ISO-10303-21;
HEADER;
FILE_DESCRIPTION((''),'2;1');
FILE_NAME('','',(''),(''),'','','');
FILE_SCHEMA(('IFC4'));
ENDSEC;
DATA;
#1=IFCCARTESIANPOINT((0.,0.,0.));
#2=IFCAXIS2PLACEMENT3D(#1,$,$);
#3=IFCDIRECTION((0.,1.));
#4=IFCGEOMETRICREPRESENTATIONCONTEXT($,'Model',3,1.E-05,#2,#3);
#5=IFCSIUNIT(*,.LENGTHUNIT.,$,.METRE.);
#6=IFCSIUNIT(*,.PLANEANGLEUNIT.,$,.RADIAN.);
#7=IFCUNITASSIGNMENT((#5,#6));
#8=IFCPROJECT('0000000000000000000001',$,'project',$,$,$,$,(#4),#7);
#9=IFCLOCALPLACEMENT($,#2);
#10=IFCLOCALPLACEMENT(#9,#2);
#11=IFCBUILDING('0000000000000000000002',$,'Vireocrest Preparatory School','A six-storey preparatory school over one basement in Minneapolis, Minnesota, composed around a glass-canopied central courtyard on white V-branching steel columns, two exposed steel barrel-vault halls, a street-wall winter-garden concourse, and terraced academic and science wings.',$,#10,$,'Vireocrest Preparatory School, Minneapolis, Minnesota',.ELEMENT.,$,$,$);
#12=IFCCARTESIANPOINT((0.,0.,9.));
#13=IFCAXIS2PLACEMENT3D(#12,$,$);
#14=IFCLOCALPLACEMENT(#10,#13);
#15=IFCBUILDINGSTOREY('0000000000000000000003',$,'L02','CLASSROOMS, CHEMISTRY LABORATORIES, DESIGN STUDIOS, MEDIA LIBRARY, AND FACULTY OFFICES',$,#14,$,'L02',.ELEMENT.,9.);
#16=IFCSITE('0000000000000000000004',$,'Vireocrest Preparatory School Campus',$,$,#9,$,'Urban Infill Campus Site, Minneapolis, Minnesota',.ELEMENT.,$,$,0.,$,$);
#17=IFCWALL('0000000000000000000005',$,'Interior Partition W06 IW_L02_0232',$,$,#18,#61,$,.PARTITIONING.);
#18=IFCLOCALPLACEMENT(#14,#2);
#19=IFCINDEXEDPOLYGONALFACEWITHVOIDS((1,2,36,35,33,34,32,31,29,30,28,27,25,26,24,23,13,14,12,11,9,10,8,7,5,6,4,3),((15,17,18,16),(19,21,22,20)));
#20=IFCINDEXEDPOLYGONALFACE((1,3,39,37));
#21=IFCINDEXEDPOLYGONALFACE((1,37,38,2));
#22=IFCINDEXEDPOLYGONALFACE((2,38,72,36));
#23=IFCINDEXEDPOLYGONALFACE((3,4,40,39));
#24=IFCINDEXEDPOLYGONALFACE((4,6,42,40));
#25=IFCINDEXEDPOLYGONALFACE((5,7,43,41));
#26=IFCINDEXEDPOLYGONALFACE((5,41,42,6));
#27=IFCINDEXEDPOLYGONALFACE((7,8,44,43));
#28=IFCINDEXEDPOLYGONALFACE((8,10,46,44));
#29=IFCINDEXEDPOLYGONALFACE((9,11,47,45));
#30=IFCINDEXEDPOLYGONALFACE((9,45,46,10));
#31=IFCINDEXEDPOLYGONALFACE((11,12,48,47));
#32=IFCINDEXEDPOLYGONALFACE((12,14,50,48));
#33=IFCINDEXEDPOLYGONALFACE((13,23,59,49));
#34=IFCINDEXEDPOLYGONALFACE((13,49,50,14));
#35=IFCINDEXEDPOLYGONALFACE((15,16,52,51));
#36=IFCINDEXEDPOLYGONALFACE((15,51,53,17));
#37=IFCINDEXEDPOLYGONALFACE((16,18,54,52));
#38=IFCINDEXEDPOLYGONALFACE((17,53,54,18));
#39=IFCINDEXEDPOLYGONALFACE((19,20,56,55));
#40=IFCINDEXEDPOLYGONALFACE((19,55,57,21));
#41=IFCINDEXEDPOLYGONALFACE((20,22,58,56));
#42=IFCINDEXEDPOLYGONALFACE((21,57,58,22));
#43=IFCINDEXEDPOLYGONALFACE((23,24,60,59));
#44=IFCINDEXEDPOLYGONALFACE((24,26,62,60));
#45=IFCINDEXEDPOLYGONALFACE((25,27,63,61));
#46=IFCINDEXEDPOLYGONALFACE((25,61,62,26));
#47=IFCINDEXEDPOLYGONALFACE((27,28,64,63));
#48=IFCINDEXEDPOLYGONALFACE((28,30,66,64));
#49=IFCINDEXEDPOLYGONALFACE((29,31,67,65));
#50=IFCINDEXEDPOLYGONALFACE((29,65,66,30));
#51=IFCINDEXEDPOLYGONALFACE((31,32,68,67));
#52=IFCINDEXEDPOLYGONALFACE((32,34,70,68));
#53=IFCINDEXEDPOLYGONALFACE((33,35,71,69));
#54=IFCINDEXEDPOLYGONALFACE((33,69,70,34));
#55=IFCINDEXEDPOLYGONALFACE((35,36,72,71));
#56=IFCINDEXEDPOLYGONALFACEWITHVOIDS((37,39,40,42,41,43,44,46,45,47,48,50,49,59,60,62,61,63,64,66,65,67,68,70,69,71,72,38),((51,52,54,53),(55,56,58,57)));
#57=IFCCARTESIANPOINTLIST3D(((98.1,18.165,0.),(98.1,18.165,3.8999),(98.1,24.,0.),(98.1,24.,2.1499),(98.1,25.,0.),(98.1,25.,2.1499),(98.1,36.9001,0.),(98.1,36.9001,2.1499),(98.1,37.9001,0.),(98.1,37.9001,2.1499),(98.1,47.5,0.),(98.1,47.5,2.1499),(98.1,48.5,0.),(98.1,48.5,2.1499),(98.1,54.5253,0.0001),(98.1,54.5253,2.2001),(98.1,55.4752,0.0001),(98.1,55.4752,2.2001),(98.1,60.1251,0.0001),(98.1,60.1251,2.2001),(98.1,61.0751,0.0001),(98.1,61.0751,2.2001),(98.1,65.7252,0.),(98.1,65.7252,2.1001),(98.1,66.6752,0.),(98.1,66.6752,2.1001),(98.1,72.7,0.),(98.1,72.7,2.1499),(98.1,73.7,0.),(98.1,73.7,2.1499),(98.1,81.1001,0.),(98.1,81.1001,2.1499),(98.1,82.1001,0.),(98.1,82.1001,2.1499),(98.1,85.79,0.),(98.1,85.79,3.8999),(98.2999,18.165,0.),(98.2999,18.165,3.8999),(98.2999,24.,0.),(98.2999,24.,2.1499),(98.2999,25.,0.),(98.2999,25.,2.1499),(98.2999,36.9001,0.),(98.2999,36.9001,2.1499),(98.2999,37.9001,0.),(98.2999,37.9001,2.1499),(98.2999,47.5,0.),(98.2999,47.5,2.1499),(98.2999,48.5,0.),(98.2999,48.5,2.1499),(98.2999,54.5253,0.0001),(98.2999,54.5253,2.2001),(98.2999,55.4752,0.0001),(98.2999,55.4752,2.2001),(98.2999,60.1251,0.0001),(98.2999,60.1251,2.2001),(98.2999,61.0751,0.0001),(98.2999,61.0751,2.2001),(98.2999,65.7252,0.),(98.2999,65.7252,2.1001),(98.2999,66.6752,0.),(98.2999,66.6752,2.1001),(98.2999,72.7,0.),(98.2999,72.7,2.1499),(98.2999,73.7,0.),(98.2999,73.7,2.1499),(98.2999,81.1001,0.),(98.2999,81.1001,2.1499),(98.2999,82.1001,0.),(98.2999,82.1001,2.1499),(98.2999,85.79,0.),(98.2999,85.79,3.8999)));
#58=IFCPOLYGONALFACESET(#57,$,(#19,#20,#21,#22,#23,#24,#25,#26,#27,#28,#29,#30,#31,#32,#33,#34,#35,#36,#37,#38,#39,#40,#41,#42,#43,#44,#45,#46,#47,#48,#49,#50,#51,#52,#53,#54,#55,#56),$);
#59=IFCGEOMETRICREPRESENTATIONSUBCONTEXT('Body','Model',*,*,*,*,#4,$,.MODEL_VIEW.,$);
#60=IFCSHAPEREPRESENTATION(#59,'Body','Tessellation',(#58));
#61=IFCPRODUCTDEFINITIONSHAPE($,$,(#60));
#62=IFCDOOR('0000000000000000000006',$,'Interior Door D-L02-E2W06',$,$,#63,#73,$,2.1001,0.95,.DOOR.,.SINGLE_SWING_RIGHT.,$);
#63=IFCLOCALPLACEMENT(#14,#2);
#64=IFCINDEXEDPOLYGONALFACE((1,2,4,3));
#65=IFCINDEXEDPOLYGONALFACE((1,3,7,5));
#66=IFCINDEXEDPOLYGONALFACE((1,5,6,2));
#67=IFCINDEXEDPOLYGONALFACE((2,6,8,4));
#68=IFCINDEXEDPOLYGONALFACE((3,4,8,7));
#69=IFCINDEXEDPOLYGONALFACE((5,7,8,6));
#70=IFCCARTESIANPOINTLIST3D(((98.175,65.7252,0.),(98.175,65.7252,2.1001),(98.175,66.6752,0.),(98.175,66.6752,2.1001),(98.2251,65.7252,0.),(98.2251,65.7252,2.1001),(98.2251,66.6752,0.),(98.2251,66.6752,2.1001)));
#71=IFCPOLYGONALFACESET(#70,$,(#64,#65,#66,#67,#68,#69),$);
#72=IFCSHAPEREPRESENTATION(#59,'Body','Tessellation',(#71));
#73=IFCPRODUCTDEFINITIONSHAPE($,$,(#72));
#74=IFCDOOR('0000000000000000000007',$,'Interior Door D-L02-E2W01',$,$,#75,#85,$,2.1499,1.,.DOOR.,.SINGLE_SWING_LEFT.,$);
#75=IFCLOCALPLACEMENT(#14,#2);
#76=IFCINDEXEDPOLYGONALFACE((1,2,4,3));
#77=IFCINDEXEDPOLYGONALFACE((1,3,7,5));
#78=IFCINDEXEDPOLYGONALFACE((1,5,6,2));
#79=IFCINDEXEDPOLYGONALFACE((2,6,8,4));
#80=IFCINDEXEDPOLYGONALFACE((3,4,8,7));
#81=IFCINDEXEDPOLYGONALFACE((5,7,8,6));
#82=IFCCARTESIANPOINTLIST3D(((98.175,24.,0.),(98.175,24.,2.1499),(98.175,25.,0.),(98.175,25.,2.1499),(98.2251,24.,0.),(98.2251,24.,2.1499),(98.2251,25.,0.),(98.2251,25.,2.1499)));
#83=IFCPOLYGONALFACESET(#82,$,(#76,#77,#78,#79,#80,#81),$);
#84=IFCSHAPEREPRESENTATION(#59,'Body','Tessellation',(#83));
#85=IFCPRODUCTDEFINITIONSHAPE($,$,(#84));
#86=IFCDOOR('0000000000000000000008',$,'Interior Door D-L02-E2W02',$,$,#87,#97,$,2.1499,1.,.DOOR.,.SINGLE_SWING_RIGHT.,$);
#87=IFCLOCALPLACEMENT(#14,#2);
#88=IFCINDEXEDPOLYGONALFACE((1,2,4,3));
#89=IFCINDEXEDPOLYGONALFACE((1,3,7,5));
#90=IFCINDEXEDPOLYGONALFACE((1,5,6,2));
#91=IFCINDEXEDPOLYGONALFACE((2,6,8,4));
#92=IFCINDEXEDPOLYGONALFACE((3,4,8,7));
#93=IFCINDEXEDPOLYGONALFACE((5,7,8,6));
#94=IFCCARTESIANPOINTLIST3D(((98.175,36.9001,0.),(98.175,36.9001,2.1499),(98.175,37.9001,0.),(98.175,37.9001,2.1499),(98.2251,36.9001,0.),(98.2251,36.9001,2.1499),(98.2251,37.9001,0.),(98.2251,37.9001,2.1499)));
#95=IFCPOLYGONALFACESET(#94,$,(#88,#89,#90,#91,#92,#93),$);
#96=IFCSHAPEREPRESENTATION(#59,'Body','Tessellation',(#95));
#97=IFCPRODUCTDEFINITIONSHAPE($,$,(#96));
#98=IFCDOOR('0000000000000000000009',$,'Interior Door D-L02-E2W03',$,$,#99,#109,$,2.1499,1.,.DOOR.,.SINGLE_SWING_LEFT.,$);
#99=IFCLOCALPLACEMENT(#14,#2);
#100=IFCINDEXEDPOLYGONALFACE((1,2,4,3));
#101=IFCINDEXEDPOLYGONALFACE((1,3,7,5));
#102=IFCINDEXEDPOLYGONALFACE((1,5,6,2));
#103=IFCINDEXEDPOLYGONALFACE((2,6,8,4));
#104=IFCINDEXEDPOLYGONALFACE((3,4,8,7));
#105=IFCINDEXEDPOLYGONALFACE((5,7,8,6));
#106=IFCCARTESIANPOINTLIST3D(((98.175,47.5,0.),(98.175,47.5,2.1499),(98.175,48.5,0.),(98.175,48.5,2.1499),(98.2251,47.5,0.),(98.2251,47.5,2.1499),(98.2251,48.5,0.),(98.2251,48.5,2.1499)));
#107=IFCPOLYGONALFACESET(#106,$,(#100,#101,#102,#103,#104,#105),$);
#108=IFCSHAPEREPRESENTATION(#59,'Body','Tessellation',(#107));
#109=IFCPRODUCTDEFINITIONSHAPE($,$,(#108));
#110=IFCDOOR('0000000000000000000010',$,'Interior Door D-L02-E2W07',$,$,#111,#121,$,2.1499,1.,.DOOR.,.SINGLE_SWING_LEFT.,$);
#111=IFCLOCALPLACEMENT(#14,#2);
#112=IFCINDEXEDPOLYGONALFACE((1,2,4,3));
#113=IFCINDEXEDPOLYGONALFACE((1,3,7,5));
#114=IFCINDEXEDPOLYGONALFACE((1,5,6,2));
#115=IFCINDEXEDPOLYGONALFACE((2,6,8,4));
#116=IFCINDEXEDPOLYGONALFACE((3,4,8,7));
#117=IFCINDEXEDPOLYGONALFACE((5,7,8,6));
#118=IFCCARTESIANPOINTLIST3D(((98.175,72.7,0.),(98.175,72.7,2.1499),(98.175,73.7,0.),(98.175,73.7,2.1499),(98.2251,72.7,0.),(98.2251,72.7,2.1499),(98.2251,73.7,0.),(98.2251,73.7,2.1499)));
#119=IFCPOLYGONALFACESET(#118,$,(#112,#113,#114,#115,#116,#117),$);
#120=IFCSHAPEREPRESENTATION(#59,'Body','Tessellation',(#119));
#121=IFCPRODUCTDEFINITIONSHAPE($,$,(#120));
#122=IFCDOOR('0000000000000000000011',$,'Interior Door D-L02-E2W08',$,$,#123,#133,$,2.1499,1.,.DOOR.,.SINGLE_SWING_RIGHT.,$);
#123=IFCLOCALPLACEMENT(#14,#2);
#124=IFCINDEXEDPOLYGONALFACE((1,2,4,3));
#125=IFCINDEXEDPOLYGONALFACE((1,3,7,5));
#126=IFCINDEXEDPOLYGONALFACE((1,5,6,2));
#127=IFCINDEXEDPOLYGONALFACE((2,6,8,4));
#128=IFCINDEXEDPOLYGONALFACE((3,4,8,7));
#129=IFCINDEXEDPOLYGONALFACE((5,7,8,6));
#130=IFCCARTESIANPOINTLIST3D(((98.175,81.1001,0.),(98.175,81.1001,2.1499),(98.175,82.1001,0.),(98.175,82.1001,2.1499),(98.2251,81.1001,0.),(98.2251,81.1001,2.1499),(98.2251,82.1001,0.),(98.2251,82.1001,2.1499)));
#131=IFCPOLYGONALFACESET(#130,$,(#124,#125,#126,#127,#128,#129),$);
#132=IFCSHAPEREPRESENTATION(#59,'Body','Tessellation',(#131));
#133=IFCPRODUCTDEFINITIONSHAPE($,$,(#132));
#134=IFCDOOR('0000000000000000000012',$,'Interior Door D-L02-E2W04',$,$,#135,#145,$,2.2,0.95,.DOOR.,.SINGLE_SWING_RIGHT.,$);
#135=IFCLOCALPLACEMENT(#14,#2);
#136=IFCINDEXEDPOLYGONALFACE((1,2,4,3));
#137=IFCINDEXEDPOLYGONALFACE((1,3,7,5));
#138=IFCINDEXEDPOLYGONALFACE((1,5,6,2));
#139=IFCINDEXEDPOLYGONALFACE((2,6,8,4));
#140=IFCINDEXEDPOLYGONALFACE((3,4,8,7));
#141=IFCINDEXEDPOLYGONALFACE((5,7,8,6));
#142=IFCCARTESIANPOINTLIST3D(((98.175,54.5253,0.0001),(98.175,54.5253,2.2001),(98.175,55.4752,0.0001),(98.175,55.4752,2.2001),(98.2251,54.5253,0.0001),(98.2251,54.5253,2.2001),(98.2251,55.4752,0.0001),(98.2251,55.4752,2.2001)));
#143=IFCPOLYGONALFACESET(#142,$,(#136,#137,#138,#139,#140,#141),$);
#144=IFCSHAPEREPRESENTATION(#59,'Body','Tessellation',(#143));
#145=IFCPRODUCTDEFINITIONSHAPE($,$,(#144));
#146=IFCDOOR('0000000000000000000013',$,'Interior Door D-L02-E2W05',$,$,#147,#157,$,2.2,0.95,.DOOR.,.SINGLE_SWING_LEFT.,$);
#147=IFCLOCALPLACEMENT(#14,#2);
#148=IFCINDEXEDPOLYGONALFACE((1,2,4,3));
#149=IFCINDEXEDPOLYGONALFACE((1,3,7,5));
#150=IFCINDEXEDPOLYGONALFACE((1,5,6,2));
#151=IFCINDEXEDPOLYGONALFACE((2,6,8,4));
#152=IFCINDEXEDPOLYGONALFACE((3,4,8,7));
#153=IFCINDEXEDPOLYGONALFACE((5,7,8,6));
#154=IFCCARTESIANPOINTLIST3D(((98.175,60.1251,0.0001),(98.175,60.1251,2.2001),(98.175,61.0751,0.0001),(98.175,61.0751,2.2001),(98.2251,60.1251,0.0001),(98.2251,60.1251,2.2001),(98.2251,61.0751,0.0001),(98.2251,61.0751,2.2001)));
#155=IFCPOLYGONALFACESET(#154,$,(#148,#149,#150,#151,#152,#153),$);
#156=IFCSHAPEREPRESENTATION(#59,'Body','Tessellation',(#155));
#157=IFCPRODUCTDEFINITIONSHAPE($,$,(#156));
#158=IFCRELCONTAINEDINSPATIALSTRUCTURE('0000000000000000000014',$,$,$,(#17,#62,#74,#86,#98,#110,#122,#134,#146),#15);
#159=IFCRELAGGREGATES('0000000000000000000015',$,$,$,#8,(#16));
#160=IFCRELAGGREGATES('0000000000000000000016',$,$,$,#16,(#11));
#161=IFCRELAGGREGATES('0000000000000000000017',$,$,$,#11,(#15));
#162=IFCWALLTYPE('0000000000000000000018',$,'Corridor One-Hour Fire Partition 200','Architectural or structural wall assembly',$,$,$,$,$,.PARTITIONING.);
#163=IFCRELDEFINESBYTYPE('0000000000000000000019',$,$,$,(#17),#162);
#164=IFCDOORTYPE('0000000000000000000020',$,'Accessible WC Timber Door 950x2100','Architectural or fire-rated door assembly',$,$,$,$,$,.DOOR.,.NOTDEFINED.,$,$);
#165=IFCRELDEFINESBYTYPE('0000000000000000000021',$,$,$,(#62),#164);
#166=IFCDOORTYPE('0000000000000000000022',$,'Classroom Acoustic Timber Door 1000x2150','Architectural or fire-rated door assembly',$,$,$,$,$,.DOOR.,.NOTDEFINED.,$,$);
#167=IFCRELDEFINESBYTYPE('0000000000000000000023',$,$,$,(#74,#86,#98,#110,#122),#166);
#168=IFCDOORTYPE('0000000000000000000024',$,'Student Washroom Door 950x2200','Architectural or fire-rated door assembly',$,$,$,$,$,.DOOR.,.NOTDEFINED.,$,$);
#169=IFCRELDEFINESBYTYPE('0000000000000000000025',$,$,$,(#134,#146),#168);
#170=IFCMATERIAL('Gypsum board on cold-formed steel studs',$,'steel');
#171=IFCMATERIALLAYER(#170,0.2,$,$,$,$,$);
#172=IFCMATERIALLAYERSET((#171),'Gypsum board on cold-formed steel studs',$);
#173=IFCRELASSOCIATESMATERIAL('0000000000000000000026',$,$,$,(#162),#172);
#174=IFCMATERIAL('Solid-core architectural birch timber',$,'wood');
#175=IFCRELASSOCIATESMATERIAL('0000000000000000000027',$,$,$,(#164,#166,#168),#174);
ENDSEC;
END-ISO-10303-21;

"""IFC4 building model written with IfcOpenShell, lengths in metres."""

from ifc_helpers import new_model, si_unit, direction, frame, frame_2d, origin, place, context, subcontext, project, spatial, rectangle, extrude, material, layer, layer_set, type_object, element, fill, save


model = new_model("IFC4")

# Units and contexts
model_context = context("Model", 3, precision=1e-05, world=origin(), true_north=direction((0.0, 1.0)))
body_context = subcontext(model_context, "Body", "Model", "MODEL_VIEW")
ifc_project = project(units=[si_unit("LENGTHUNIT", "METRE"), si_unit("PLANEANGLEUNIT", "RADIAN")], contexts=[model_context])

# Site, building, storey
site_placement = place(None, origin())
site = spatial("IfcSite", under=ifc_project, at=site_placement, Name="Vireocrest Preparatory School Campus", LongName="Urban Infill Campus Site, Minneapolis, Minnesota", CompositionType="ELEMENT", RefElevation=0.0)
building_placement = place(site_placement, origin())
building = spatial("IfcBuilding", under=site, at=building_placement, Name="Vireocrest Preparatory School", Description="A six-storey preparatory school over one basement in Minneapolis, Minnesota, composed around a glass-canopied central courtyard on white V-branching steel columns, two exposed steel barrel-vault halls, a street-wall winter-garden concourse, and terraced academic and science wings.", LongName="Vireocrest Preparatory School, Minneapolis, Minnesota", CompositionType="ELEMENT")
storey_placement = place(building_placement, frame((0.0, 0.0, 9.0)))
storey = spatial("IfcBuildingStorey", under=building, at=storey_placement, Name="L02", Description="CLASSROOMS, CHEMISTRY LABORATORIES, DESIGN STUDIOS, MEDIA LIBRARY, AND FACULTY OFFICES", LongName="L02", CompositionType="ELEMENT", Elevation=9.0)

# Wall, openings, doors
ifc_material_1 = material(Name="Gypsum board on cold-formed steel studs", Category="steel")
ifc_layer_1 = layer(ifc_material_1, 0.2)
ifc_layer_set_1 = layer_set([ifc_layer_1], Name="Gypsum board on cold-formed steel studs")
wall_type_1 = type_object("IfcWallType", Name="Corridor One-Hour Fire Partition 200", Description="Architectural or structural wall assembly", PredefinedType="PARTITIONING", material=ifc_layer_set_1)
wall_1_placement = place(storey_placement, frame((98.2, 18.165, 0.0), z_axis=(0.0, 0.0, 1.0), x_axis=(0.0, 1.0, 0.0)))
wall_1 = element("IfcWall", 1, at=wall_1_placement, inside=storey, type_object=wall_type_1, Name="Interior Partition W06 IW_L02_0232", PredefinedType="PARTITIONING", context=body_context, shape_type="SweptSolid", body=[
    extrude(rectangle(XDim=67.625, YDim=0.2, at=frame_2d((33.8125, 0.0))), origin(), (0.0, 0.0, 1.0), 3.8999),
])
opening_1_placement = place(wall_1_placement, frame((5.835, 0.0, 0.0)))
opening_1 = element("IfcOpeningElement", 2, at=opening_1_placement, cuts=wall_1, PredefinedType="OPENING", context=body_context, shape_type="SweptSolid", body=[
    extrude(rectangle(XDim=1.0, YDim=2.1499, at=frame_2d((0.5, 1.075))), frame((0.0, 0.1099, 0.0), z_axis=(0.0, -1.0, 0.0), x_axis=(1.0, 0.0, 0.0)), (0.0, 0.0, 1.0), 0.22),
])
opening_2_placement = place(wall_1_placement, frame((18.7351, 0.0, 0.0)))
opening_2 = element("IfcOpeningElement", 3, at=opening_2_placement, cuts=wall_1, PredefinedType="OPENING", context=body_context, shape_type="SweptSolid", body=[
    extrude(rectangle(XDim=1.0, YDim=2.1499, at=frame_2d((0.5, 1.075))), frame((0.0, 0.1099, 0.0), z_axis=(0.0, -1.0, 0.0), x_axis=(1.0, 0.0, 0.0)), (0.0, 0.0, 1.0), 0.22),
])
opening_3_placement = place(wall_1_placement, frame((29.335, 0.0, 0.0)))
opening_3 = element("IfcOpeningElement", 4, at=opening_3_placement, cuts=wall_1, PredefinedType="OPENING", context=body_context, shape_type="SweptSolid", body=[
    extrude(rectangle(XDim=1.0, YDim=2.1499, at=frame_2d((0.5, 1.075))), frame((0.0, 0.1099, 0.0), z_axis=(0.0, -1.0, 0.0), x_axis=(1.0, 0.0, 0.0)), (0.0, 0.0, 1.0), 0.22),
])
opening_4_placement = place(wall_1_placement, frame((36.3601, 0.0, 0.0)))
opening_4 = element("IfcOpeningElement", 5, at=opening_4_placement, cuts=wall_1, PredefinedType="OPENING", context=body_context, shape_type="SweptSolid", body=[
    extrude(rectangle(XDim=0.95, YDim=2.2, at=frame_2d((0.4751, 1.1001))), frame((0.0, 0.1099, 0.0), z_axis=(0.0, -1.0, 0.0), x_axis=(1.0, 0.0, 0.0)), (0.0, 0.0, 1.0), 0.22),
])
opening_5_placement = place(wall_1_placement, frame((41.96, 0.0, 0.0)))
opening_5 = element("IfcOpeningElement", 6, at=opening_5_placement, cuts=wall_1, PredefinedType="OPENING", context=body_context, shape_type="SweptSolid", body=[
    extrude(rectangle(XDim=0.95, YDim=2.2, at=frame_2d((0.4751, 1.1001))), frame((0.0, 0.1099, 0.0), z_axis=(0.0, -1.0, 0.0), x_axis=(1.0, 0.0, 0.0)), (0.0, 0.0, 1.0), 0.22),
])
opening_6_placement = place(wall_1_placement, frame((47.5601, 0.0, 0.0)))
opening_6 = element("IfcOpeningElement", 7, at=opening_6_placement, cuts=wall_1, PredefinedType="OPENING", context=body_context, shape_type="SweptSolid", body=[
    extrude(rectangle(XDim=0.95, YDim=2.1001, at=frame_2d((0.4751, 1.05))), frame((0.0, 0.1099, 0.0), z_axis=(0.0, -1.0, 0.0), x_axis=(1.0, 0.0, 0.0)), (0.0, 0.0, 1.0), 0.22),
])
opening_7_placement = place(wall_1_placement, frame((54.5349, 0.0, 0.0)))
opening_7 = element("IfcOpeningElement", 8, at=opening_7_placement, cuts=wall_1, PredefinedType="OPENING", context=body_context, shape_type="SweptSolid", body=[
    extrude(rectangle(XDim=1.0, YDim=2.1499, at=frame_2d((0.5, 1.075))), frame((0.0, 0.1099, 0.0), z_axis=(0.0, -1.0, 0.0), x_axis=(1.0, 0.0, 0.0)), (0.0, 0.0, 1.0), 0.22),
])
opening_8_placement = place(wall_1_placement, frame((62.9351, 0.0, 0.0)))
opening_8 = element("IfcOpeningElement", 9, at=opening_8_placement, cuts=wall_1, PredefinedType="OPENING", context=body_context, shape_type="SweptSolid", body=[
    extrude(rectangle(XDim=1.0, YDim=2.1499, at=frame_2d((0.5, 1.075))), frame((0.0, 0.1099, 0.0), z_axis=(0.0, -1.0, 0.0), x_axis=(1.0, 0.0, 0.0)), (0.0, 0.0, 1.0), 0.22),
])
ifc_material_2 = material(Name="Solid-core architectural birch timber", Category="wood")
door_type_1 = type_object("IfcDoorType", Name="Accessible WC Timber Door 950x2100", Description="Architectural or fire-rated door assembly", OperationType="NOTDEFINED", PredefinedType="DOOR", material=ifc_material_2)
door_1_placement = place(opening_6_placement, origin())
door_1 = element("IfcDoor", 10, at=door_1_placement, inside=storey, type_object=door_type_1, Name="Interior Door D-L02-E2W06", OperationType="SINGLE_SWING_RIGHT", OverallHeight=2.1001, OverallWidth=0.95, PredefinedType="DOOR", context=body_context, shape_type="SweptSolid", body=[
    extrude(rectangle(XDim=0.95, YDim=2.1001, at=frame_2d((0.4751, 1.05))), frame((0.0, 0.0249, 0.0), z_axis=(0.0, -1.0, 0.0), x_axis=(1.0, 0.0, 0.0)), (0.0, 0.0, 1.0), 0.05),
])
fill(opening_6, door_1)
door_type_2 = type_object("IfcDoorType", Name="Classroom Acoustic Timber Door 1000x2150", Description="Architectural or fire-rated door assembly", OperationType="NOTDEFINED", PredefinedType="DOOR", material=ifc_material_2)
door_2_placement = place(opening_1_placement, origin())
door_2 = element("IfcDoor", 11, at=door_2_placement, inside=storey, type_object=door_type_2, Name="Interior Door D-L02-E2W01", OperationType="SINGLE_SWING_LEFT", OverallHeight=2.1499, OverallWidth=1.0, PredefinedType="DOOR", context=body_context, shape_type="SweptSolid", body=[
    extrude(rectangle(XDim=1.0, YDim=2.1499, at=frame_2d((0.5, 1.075))), frame((0.0, 0.0249, 0.0), z_axis=(0.0, -1.0, 0.0), x_axis=(1.0, 0.0, 0.0)), (0.0, 0.0, 1.0), 0.05),
])
fill(opening_1, door_2)
door_3_placement = place(opening_2_placement, origin())
door_3 = element("IfcDoor", 12, at=door_3_placement, inside=storey, type_object=door_type_2, Name="Interior Door D-L02-E2W02", OperationType="SINGLE_SWING_RIGHT", OverallHeight=2.1499, OverallWidth=1.0, PredefinedType="DOOR", context=body_context, shape_type="SweptSolid", body=[
    extrude(rectangle(XDim=1.0, YDim=2.1499, at=frame_2d((0.5, 1.075))), frame((0.0, 0.0249, 0.0), z_axis=(0.0, -1.0, 0.0), x_axis=(1.0, 0.0, 0.0)), (0.0, 0.0, 1.0), 0.05),
])
fill(opening_2, door_3)
door_4_placement = place(opening_3_placement, origin())
door_4 = element("IfcDoor", 13, at=door_4_placement, inside=storey, type_object=door_type_2, Name="Interior Door D-L02-E2W03", OperationType="SINGLE_SWING_LEFT", OverallHeight=2.1499, OverallWidth=1.0, PredefinedType="DOOR", context=body_context, shape_type="SweptSolid", body=[
    extrude(rectangle(XDim=1.0, YDim=2.1499, at=frame_2d((0.5, 1.075))), frame((0.0, 0.0249, 0.0), z_axis=(0.0, -1.0, 0.0), x_axis=(1.0, 0.0, 0.0)), (0.0, 0.0, 1.0), 0.05),
])
fill(opening_3, door_4)
door_5_placement = place(opening_7_placement, origin())
door_5 = element("IfcDoor", 14, at=door_5_placement, inside=storey, type_object=door_type_2, Name="Interior Door D-L02-E2W07", OperationType="SINGLE_SWING_LEFT", OverallHeight=2.1499, OverallWidth=1.0, PredefinedType="DOOR", context=body_context, shape_type="SweptSolid", body=[
    extrude(rectangle(XDim=1.0, YDim=2.1499, at=frame_2d((0.5, 1.075))), frame((0.0, 0.0249, 0.0), z_axis=(0.0, -1.0, 0.0), x_axis=(1.0, 0.0, 0.0)), (0.0, 0.0, 1.0), 0.05),
])
fill(opening_7, door_5)
door_6_placement = place(opening_8_placement, origin())
door_6 = element("IfcDoor", 15, at=door_6_placement, inside=storey, type_object=door_type_2, Name="Interior Door D-L02-E2W08", OperationType="SINGLE_SWING_RIGHT", OverallHeight=2.1499, OverallWidth=1.0, PredefinedType="DOOR", context=body_context, shape_type="SweptSolid", body=[
    extrude(rectangle(XDim=1.0, YDim=2.1499, at=frame_2d((0.5, 1.075))), frame((0.0, 0.0249, 0.0), z_axis=(0.0, -1.0, 0.0), x_axis=(1.0, 0.0, 0.0)), (0.0, 0.0, 1.0), 0.05),
])
fill(opening_8, door_6)
door_type_3 = type_object("IfcDoorType", Name="Student Washroom Door 950x2200", Description="Architectural or fire-rated door assembly", OperationType="NOTDEFINED", PredefinedType="DOOR", material=ifc_material_2)
door_7_placement = place(opening_4_placement, origin())
door_7 = element("IfcDoor", 16, at=door_7_placement, inside=storey, type_object=door_type_3, Name="Interior Door D-L02-E2W04", OperationType="SINGLE_SWING_RIGHT", OverallHeight=2.2, OverallWidth=0.95, PredefinedType="DOOR", context=body_context, shape_type="SweptSolid", body=[
    extrude(rectangle(XDim=0.95, YDim=2.2, at=frame_2d((0.4751, 1.1001))), frame((0.0, 0.0249, 0.0), z_axis=(0.0, -1.0, 0.0), x_axis=(1.0, 0.0, 0.0)), (0.0, 0.0, 1.0), 0.05),
])
fill(opening_4, door_7)
door_8_placement = place(opening_5_placement, origin())
door_8 = element("IfcDoor", 17, at=door_8_placement, inside=storey, type_object=door_type_3, Name="Interior Door D-L02-E2W05", OperationType="SINGLE_SWING_LEFT", OverallHeight=2.2, OverallWidth=0.95, PredefinedType="DOOR", context=body_context, shape_type="SweptSolid", body=[
    extrude(rectangle(XDim=0.95, YDim=2.2, at=frame_2d((0.4751, 1.1001))), frame((0.0, 0.0249, 0.0), z_axis=(0.0, -1.0, 0.0), x_axis=(1.0, 0.0, 0.0)), (0.0, 0.0, 1.0), 0.05),
])
fill(opening_5, door_8)

save(model, "model.ifc")
